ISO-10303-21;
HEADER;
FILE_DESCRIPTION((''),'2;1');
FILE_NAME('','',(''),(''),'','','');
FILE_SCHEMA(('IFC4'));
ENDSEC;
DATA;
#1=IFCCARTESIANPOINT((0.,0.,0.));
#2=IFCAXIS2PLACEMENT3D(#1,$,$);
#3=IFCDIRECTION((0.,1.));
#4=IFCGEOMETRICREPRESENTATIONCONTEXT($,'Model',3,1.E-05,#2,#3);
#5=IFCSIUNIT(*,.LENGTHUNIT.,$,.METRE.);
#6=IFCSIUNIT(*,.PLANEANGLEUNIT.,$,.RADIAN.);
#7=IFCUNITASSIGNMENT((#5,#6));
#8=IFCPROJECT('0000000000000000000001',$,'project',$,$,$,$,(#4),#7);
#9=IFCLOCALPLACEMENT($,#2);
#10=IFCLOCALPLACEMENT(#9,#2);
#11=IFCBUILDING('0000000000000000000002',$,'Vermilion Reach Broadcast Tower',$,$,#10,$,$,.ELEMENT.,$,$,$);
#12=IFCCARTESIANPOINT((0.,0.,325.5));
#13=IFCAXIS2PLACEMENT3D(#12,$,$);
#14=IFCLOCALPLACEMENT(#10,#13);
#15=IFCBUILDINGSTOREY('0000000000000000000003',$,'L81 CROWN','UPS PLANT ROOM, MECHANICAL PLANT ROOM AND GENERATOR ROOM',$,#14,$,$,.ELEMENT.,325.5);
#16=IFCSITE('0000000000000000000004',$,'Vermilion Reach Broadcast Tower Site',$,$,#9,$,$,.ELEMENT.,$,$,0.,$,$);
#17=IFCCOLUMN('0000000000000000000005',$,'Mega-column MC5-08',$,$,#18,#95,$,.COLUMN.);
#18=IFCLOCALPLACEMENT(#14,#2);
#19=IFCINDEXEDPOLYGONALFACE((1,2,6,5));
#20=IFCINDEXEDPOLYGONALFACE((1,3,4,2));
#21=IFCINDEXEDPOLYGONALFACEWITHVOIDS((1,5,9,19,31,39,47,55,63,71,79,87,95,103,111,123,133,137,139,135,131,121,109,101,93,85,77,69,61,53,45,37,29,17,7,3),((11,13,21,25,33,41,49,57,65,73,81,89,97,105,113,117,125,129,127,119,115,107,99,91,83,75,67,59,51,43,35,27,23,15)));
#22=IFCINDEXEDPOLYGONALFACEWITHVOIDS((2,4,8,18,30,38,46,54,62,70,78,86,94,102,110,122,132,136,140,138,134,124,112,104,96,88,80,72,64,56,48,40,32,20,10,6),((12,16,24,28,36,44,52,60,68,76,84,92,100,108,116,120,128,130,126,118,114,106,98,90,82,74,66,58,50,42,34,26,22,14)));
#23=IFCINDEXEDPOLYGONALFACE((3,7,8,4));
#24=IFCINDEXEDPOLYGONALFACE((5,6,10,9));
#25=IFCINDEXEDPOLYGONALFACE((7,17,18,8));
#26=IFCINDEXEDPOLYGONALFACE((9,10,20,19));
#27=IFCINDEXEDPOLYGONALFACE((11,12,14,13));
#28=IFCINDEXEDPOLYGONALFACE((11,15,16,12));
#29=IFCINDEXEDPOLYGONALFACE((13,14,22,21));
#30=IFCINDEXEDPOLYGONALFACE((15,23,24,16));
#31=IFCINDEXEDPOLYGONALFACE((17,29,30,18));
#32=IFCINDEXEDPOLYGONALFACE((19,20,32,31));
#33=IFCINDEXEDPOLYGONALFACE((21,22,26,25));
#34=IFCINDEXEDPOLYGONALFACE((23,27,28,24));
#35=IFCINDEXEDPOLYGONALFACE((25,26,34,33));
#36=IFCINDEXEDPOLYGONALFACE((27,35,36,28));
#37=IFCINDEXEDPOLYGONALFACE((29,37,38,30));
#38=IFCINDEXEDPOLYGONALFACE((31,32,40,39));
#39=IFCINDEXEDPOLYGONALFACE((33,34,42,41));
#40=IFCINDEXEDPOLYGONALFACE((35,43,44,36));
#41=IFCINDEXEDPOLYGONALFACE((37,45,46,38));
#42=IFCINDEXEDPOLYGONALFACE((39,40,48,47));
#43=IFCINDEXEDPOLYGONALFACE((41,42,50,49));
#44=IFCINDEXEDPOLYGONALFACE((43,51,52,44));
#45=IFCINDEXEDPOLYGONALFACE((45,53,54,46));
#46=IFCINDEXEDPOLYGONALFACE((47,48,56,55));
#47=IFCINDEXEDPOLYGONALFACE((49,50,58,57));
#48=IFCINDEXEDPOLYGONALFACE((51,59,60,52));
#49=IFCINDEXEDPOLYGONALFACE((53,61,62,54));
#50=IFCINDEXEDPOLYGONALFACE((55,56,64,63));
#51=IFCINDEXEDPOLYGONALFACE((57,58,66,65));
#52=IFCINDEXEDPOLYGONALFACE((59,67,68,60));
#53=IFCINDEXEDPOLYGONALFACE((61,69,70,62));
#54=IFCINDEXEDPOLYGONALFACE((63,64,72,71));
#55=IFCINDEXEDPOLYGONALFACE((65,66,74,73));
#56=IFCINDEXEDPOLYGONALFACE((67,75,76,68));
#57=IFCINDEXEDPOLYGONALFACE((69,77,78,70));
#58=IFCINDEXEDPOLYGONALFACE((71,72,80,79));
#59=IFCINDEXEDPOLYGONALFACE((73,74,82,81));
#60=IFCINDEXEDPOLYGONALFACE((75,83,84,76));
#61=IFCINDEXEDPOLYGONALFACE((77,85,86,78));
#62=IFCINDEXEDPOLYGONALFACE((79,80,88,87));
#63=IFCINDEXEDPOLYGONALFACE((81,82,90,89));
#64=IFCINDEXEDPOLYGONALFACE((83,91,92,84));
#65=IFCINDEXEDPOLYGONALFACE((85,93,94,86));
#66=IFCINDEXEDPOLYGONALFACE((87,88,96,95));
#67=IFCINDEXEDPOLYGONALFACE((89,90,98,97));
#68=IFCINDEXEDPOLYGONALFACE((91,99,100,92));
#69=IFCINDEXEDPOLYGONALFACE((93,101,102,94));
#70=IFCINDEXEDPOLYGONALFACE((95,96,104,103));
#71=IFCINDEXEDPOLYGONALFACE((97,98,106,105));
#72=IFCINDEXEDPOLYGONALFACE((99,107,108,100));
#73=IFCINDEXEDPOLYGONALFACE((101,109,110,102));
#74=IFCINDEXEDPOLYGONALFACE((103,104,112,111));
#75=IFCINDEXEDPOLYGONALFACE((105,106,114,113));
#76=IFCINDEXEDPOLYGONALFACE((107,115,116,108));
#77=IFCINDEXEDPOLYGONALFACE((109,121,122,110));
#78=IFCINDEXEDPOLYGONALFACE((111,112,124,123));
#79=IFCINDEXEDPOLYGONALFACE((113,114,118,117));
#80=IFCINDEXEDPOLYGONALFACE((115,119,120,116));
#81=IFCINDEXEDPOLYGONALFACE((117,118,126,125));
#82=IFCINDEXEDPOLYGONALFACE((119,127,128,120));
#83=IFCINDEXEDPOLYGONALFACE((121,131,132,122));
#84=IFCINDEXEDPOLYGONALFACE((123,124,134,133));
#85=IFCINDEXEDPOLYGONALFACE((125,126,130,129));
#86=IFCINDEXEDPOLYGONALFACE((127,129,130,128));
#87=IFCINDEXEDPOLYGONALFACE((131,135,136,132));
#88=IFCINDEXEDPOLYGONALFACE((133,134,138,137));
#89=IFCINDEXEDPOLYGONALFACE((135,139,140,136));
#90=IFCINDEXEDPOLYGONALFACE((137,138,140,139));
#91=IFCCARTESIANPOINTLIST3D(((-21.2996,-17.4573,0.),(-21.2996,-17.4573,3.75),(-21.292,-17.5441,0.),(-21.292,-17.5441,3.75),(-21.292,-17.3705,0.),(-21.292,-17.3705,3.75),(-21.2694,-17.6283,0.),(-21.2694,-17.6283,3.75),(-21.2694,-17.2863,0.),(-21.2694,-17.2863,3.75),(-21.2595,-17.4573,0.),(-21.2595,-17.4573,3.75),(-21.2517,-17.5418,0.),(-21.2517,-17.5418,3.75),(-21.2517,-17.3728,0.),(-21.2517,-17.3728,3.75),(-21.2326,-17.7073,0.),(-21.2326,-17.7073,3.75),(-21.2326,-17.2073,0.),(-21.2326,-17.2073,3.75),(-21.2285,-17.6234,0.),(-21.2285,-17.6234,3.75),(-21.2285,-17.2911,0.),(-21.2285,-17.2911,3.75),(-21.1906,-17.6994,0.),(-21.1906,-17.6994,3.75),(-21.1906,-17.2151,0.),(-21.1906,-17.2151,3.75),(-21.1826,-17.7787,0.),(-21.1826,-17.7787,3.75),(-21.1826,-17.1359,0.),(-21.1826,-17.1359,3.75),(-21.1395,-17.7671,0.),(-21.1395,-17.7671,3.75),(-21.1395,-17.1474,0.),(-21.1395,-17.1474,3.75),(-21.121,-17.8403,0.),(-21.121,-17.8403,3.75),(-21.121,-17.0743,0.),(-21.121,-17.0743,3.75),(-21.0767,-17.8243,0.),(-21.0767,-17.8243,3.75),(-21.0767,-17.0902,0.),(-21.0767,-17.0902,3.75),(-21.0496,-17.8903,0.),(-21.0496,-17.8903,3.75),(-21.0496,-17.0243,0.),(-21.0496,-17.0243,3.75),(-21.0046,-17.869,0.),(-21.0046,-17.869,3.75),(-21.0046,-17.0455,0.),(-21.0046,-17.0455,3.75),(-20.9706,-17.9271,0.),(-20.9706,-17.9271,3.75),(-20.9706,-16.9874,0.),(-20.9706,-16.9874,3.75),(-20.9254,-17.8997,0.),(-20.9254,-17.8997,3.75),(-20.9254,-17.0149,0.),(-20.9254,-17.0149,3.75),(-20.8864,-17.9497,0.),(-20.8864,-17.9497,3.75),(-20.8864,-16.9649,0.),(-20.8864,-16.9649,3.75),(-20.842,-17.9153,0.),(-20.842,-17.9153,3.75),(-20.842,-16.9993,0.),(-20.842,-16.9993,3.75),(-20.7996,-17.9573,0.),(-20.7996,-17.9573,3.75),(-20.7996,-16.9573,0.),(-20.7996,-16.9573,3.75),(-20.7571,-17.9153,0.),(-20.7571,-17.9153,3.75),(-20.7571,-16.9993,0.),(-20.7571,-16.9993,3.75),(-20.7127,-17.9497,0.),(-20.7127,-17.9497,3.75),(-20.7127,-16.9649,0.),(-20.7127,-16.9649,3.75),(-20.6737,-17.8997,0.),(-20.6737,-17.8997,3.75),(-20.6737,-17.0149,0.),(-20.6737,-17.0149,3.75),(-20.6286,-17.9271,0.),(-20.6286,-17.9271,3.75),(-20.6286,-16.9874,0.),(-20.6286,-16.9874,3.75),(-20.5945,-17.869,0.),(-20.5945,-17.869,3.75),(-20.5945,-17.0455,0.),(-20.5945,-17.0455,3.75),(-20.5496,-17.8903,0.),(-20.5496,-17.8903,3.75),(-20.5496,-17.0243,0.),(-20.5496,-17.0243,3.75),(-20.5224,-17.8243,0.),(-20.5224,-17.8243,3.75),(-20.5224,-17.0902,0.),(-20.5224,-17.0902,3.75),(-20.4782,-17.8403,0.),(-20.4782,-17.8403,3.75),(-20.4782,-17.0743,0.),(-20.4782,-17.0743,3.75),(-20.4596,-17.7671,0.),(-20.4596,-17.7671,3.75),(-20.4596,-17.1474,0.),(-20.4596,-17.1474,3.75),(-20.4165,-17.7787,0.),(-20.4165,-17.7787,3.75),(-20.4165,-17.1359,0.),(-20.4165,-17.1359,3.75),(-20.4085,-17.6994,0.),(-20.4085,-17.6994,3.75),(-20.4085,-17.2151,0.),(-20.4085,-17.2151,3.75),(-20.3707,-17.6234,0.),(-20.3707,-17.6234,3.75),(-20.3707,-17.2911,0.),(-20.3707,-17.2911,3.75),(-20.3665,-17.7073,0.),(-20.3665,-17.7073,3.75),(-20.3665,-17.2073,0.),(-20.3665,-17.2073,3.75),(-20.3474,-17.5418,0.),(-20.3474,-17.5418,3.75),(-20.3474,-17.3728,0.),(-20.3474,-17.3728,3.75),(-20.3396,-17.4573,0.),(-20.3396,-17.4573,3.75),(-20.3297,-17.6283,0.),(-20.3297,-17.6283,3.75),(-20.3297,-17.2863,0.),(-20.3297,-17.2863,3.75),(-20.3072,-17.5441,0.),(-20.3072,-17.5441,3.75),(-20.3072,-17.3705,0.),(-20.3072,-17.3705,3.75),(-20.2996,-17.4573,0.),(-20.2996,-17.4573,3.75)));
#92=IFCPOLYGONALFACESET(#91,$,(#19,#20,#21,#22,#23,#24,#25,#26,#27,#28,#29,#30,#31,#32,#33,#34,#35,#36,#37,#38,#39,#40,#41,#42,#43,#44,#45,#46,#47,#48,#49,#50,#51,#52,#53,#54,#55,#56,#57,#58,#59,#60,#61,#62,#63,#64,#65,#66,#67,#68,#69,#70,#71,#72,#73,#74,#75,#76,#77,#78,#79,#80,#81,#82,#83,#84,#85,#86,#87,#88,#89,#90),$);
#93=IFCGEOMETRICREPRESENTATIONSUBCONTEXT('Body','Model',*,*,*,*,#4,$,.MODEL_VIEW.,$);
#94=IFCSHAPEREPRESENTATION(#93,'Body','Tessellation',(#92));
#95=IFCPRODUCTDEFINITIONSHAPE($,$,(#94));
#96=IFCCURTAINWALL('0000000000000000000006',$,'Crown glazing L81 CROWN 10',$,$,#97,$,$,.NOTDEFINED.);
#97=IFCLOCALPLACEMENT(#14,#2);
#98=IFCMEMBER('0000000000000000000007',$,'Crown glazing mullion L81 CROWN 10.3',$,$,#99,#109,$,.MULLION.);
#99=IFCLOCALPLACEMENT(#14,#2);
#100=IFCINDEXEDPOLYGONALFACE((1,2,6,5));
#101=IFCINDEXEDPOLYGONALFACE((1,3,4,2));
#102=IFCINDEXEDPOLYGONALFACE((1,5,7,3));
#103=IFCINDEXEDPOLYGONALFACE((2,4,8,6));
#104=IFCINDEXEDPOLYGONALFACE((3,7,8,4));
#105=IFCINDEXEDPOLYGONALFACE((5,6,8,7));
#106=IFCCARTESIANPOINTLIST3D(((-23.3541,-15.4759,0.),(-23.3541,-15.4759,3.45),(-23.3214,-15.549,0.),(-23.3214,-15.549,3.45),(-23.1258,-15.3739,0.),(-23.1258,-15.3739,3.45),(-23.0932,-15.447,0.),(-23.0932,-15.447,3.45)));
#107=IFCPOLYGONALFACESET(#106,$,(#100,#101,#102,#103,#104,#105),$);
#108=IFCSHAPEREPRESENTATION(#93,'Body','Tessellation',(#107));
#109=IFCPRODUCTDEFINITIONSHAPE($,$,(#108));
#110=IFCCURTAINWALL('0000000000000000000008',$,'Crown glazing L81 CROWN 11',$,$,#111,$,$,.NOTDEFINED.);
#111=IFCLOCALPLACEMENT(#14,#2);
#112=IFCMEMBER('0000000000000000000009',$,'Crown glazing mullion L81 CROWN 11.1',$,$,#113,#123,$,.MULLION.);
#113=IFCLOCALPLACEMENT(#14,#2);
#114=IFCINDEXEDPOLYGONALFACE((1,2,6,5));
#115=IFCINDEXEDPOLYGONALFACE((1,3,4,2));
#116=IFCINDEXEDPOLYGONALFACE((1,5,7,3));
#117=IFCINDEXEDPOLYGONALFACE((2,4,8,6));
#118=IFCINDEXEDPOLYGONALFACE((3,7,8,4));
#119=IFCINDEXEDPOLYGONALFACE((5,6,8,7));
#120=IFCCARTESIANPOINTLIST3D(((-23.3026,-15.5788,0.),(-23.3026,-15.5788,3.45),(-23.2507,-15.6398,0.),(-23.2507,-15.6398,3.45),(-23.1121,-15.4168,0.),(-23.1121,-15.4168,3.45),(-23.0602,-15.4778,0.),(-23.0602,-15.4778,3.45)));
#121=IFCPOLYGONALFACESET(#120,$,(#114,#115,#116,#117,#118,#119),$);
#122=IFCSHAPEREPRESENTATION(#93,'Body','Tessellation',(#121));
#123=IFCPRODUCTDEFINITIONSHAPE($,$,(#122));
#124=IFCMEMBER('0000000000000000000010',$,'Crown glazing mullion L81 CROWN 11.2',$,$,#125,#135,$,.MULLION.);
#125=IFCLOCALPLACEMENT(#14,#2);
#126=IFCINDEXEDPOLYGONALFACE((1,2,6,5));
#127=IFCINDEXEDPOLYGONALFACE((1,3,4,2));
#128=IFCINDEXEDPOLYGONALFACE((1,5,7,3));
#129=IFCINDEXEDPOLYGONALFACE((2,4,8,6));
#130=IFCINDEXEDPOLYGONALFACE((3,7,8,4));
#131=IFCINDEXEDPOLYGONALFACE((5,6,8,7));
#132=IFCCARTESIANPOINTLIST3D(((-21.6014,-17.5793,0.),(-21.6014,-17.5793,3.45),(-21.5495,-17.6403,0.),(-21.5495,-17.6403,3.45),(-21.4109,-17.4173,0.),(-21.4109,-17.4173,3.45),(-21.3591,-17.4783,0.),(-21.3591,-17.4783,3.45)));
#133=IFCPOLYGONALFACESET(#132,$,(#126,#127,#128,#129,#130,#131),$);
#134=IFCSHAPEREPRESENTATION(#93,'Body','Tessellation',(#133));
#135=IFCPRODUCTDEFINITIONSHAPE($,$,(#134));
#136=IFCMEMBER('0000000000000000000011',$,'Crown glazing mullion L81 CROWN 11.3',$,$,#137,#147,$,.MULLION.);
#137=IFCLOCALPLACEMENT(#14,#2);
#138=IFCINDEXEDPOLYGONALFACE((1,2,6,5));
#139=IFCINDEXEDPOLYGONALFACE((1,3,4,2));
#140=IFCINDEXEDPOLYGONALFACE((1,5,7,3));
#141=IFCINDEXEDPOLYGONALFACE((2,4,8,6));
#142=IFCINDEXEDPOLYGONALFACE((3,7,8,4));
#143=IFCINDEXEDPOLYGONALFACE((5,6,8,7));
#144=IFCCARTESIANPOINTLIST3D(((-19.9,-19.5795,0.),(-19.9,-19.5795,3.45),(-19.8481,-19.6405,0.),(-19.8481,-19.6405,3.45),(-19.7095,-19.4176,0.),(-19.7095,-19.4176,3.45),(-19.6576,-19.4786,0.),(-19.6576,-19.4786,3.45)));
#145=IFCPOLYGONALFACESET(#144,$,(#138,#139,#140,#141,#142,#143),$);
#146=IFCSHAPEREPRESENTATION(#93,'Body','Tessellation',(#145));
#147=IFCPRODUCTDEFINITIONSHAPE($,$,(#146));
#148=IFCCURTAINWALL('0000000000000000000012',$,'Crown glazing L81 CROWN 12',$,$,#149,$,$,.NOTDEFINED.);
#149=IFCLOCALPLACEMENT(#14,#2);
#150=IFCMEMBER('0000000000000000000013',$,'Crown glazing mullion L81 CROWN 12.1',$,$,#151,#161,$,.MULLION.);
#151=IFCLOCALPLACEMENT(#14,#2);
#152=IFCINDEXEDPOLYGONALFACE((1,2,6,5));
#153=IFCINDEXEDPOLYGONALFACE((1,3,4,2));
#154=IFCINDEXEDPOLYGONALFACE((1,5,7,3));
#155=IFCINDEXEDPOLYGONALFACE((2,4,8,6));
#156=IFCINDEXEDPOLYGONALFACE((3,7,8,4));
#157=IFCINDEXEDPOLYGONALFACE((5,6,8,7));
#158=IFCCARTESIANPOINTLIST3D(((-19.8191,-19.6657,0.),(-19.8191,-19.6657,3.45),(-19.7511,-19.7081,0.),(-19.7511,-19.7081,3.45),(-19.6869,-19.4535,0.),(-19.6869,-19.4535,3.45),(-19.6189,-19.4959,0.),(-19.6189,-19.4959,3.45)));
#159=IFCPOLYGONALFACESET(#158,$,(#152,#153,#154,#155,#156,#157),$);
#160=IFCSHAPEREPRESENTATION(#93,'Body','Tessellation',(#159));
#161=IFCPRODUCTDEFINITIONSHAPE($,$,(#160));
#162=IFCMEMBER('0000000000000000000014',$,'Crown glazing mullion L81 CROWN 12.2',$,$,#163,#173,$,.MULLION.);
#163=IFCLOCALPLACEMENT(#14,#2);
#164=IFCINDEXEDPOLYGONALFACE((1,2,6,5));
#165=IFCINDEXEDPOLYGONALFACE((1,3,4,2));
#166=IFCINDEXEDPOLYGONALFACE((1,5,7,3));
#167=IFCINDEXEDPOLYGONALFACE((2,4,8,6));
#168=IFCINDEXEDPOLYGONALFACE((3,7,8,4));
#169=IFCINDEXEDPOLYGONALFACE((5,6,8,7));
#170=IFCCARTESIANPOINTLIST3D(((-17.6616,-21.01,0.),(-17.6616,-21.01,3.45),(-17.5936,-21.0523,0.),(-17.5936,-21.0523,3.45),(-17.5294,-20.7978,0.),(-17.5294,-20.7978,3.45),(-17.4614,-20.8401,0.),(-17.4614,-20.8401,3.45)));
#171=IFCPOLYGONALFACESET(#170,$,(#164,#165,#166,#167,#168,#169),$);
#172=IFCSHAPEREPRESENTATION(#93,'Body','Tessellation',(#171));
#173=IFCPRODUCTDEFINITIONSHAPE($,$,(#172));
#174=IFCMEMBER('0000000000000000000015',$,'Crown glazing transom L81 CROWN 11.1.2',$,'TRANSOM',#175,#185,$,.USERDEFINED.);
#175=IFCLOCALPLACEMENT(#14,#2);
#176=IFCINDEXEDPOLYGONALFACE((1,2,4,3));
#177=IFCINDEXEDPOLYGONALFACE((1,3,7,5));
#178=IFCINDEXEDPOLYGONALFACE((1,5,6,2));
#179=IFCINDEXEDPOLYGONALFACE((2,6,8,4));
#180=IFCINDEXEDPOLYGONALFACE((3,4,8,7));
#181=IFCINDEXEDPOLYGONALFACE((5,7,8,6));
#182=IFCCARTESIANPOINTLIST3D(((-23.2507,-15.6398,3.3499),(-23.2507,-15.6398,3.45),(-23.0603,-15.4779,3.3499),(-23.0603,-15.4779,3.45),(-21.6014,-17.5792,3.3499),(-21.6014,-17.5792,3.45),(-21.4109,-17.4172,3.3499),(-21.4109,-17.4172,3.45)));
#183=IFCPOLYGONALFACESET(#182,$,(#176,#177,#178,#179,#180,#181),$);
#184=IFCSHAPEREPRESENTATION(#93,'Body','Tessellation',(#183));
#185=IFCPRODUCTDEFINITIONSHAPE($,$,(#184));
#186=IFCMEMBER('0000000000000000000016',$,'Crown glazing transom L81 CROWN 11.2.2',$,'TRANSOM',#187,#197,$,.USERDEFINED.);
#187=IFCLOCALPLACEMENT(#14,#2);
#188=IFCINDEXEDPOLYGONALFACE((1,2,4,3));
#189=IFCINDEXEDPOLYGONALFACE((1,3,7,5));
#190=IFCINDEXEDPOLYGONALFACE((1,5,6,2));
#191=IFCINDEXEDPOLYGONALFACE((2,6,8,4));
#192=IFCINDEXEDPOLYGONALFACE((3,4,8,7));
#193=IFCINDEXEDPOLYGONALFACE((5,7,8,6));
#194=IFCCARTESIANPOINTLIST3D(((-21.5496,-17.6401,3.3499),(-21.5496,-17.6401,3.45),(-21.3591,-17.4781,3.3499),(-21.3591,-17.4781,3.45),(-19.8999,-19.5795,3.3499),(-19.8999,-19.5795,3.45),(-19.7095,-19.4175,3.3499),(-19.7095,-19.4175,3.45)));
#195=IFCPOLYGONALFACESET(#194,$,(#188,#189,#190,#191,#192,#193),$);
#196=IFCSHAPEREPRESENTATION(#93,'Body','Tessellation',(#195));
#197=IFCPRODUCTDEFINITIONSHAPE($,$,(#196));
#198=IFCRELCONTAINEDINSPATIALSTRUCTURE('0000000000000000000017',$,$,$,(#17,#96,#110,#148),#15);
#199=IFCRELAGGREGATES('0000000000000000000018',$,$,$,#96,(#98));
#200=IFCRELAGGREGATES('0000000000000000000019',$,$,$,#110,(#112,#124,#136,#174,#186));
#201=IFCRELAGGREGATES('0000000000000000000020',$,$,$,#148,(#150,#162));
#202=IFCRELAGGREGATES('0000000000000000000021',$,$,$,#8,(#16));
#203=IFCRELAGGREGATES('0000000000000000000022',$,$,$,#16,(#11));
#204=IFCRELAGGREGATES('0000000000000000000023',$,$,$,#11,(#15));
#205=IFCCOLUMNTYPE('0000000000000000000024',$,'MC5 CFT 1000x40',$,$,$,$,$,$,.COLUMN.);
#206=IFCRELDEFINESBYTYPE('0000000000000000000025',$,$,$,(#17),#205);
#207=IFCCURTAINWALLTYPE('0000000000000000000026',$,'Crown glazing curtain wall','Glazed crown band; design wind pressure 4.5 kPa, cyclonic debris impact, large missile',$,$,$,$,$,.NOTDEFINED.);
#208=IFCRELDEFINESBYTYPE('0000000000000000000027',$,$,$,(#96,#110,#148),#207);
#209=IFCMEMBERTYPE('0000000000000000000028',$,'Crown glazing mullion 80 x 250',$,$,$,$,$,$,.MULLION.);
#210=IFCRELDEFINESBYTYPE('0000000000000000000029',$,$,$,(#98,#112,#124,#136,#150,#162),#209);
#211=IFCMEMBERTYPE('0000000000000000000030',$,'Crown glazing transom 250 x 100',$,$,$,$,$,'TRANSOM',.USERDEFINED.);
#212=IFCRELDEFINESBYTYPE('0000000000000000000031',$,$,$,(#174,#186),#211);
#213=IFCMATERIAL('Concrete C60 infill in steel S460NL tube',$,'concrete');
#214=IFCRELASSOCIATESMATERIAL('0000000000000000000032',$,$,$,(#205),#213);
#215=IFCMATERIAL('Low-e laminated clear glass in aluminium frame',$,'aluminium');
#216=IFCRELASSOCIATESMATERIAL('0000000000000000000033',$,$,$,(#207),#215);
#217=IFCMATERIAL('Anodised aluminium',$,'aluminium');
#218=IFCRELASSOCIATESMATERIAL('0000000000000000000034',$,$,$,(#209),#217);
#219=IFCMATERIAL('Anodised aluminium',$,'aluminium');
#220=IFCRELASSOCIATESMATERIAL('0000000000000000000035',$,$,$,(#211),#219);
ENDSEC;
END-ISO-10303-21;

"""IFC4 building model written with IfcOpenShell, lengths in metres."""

from ifc_helpers import new_model, si_unit, direction, frame, origin, origin_2d, place, context, subcontext, project, spatial, rectangle, hollow_circle, extrude, material, material_profile, profile_set, type_object, element, aggregate, save


model = new_model("IFC4")

# Units and contexts
model_context = context("Model", 3, precision=1e-05, world=origin(), true_north=direction((0.0, 1.0)))
body_context = subcontext(model_context, "Body", "Model", "MODEL_VIEW")
ifc_project = project(units=[si_unit("LENGTHUNIT", "METRE"), si_unit("PLANEANGLEUNIT", "RADIAN")], contexts=[model_context])

# Site, building, storey
site_placement = place(None, origin())
site = spatial("IfcSite", under=ifc_project, at=site_placement, Name="Vermilion Reach Broadcast Tower Site", CompositionType="ELEMENT", RefElevation=0.0)
building_placement = place(site_placement, origin())
building = spatial("IfcBuilding", under=site, at=building_placement, Name="Vermilion Reach Broadcast Tower", CompositionType="ELEMENT")
storey_placement = place(building_placement, frame((0.0, 0.0, 325.5)))
storey = spatial("IfcBuildingStorey", under=building, at=storey_placement, Name="L81 CROWN", Description="UPS PLANT ROOM, MECHANICAL PLANT ROOM AND GENERATOR ROOM", CompositionType="ELEMENT", Elevation=325.5)

# Column
ifc_material_1 = material(Name="Concrete C60 infill in steel S460NL tube", Category="concrete")
ifc_material_profile_1 = material_profile(ifc_material_1, hollow_circle(Radius=0.5, WallThickness=0.04, at=origin_2d()), Name="Concrete C60 infill in steel S460NL tube CFT 1000x40")
ifc_profile_set_1 = profile_set([ifc_material_profile_1], Name="Concrete C60 infill in steel S460NL tube")
column_type = type_object("IfcColumnType", Name="MC5 CFT 1000x40", PredefinedType="COLUMN", material=ifc_profile_set_1)
column_placement = place(storey_placement, frame((-20.7996, -17.4573, 0.0), z_axis=(0.0, 0.0, 1.0), x_axis=(1.0, 0.0, 0.0)))
element("IfcColumn", 1, at=column_placement, inside=storey, type_object=column_type, Name="Mega-column MC5-08", PredefinedType="COLUMN", context=body_context, shape_type="SweptSolid", body=[
    extrude(hollow_circle(Radius=0.5, WallThickness=0.04, at=origin_2d()), origin(), (0.0, 0.0, 1.0), 3.75),
])

# Curtain wall, member
ifc_material_2 = material(Name="Low-e laminated clear glass in aluminium frame", Category="aluminium")
curtain_wall_type = type_object("IfcCurtainWallType", Name="Crown glazing curtain wall", Description="Glazed crown band; design wind pressure 4.5 kPa, cyclonic debris impact, large missile", PredefinedType="NOTDEFINED", material=ifc_material_2)
placement = place(storey_placement, origin())
curtain_wall_1 = element("IfcCurtainWall", 2, at=placement, inside=storey, type_object=curtain_wall_type, Name="Crown glazing L81 CROWN 10", PredefinedType="NOTDEFINED")
ifc_material_3 = material(Name="Anodised aluminium", Category="aluminium")
ifc_material_profile_2 = material_profile(ifc_material_3, rectangle(XDim=0.25, YDim=0.0801, at=origin_2d()), Name="Crown glazing mullion 80 x 250")
ifc_profile_set_2 = profile_set([ifc_material_profile_2], Name="Anodised aluminium")
member_type_1 = type_object("IfcMemberType", Name="Crown glazing mullion 80 x 250", PredefinedType="MULLION", material=ifc_profile_set_2)
member_1_placement = place(storey_placement, frame((-23.2236, -15.4614, 0.0), z_axis=(0.0, 0.0, 1.0), x_axis=(0.912989, 0.407985, 0.0)))
member_1 = element("IfcMember", 3, at=member_1_placement, type_object=member_type_1, Name="Crown glazing mullion L81 CROWN 10.3", PredefinedType="MULLION", context=body_context, shape_type="SweptSolid", body=[
    extrude(rectangle(XDim=0.25, YDim=0.0801, at=origin_2d()), origin(), (0.0, 0.0, 1.0), 3.45),
])

# Curtain walls, members
curtain_wall_2 = element("IfcCurtainWall", 4, at=placement, inside=storey, type_object=curtain_wall_type, Name="Crown glazing L81 CROWN 11", PredefinedType="NOTDEFINED")
member_2_placement = place(storey_placement, frame((-23.1814, -15.5283, 0.0), z_axis=(0.0, 0.0, 1.0), x_axis=(0.76175, 0.647871, 0.0)))
member_2 = element("IfcMember", 5, at=member_2_placement, type_object=member_type_1, Name="Crown glazing mullion L81 CROWN 11.1", PredefinedType="MULLION", context=body_context, shape_type="SweptSolid", body=[
    extrude(rectangle(XDim=0.25, YDim=0.0801, at=origin_2d()), origin(), (0.0, 0.0, 1.0), 3.45),
])
member_3_placement = place(storey_placement, frame((-21.4802, -17.5288, 0.0), z_axis=(0.0, 0.0, 1.0), x_axis=(0.76175, 0.647871, 0.0)))
member_3 = element("IfcMember", 6, at=member_3_placement, type_object=member_type_1, Name="Crown glazing mullion L81 CROWN 11.2", PredefinedType="MULLION", context=body_context, shape_type="SweptSolid", body=[
    extrude(rectangle(XDim=0.25, YDim=0.0801, at=origin_2d()), origin(), (0.0, 0.0, 1.0), 3.45),
])
member_4_placement = place(storey_placement, frame((-19.7788, -19.5291, 0.0), z_axis=(0.0, 0.0, 1.0), x_axis=(0.76175, 0.647871, 0.0)))
member_4 = element("IfcMember", 7, at=member_4_placement, type_object=member_type_1, Name="Crown glazing mullion L81 CROWN 11.3", PredefinedType="MULLION", context=body_context, shape_type="SweptSolid", body=[
    extrude(rectangle(XDim=0.25, YDim=0.0801, at=origin_2d()), origin(), (0.0, 0.0, 1.0), 3.45),
])
curtain_wall_3 = element("IfcCurtainWall", 8, at=placement, inside=storey, type_object=curtain_wall_type, Name="Crown glazing L81 CROWN 12", PredefinedType="NOTDEFINED")
member_5_placement = place(storey_placement, frame((-19.719, -19.5808, 0.0), z_axis=(0.0, 0.0, 1.0), x_axis=(0.528861, 0.848708, 0.0)))
member_5 = element("IfcMember", 9, at=member_5_placement, type_object=member_type_1, Name="Crown glazing mullion L81 CROWN 12.1", PredefinedType="MULLION", context=body_context, shape_type="SweptSolid", body=[
    extrude(rectangle(XDim=0.25, YDim=0.0801, at=origin_2d()), origin(), (0.0, 0.0, 1.0), 3.45),
])
member_6_placement = place(storey_placement, frame((-17.5615, -20.925, 0.0), z_axis=(0.0, 0.0, 1.0), x_axis=(0.528861, 0.848708, 0.0)))
member_6 = element("IfcMember", 10, at=member_6_placement, type_object=member_type_1, Name="Crown glazing mullion L81 CROWN 12.2", PredefinedType="MULLION", context=body_context, shape_type="SweptSolid", body=[
    extrude(rectangle(XDim=0.25, YDim=0.0801, at=origin_2d()), origin(), (0.0, 0.0, 1.0), 3.45),
])

# Members
ifc_material_4 = material(Name="Anodised aluminium", Category="aluminium")
ifc_material_profile_3 = material_profile(ifc_material_4, rectangle(XDim=0.25, YDim=0.1001, at=origin_2d()), Name="Crown glazing transom 250 x 100")
ifc_profile_set_3 = profile_set([ifc_material_profile_3], Name="Anodised aluminium")
member_type_2 = type_object("IfcMemberType", Name="Crown glazing transom 250 x 100", ElementType="TRANSOM", PredefinedType="USERDEFINED", material=ifc_profile_set_3)
member_7_placement = place(storey_placement, frame((-23.1555, -15.5588, 3.3999), z_axis=(0.647849, -0.761769, 0.0), x_axis=(0.761769, 0.647849, 0.0)))
member_7 = element("IfcMember", 11, at=member_7_placement, type_object=member_type_2, Name="Crown glazing transom L81 CROWN 11.1.2", ObjectType="TRANSOM", PredefinedType="USERDEFINED", context=body_context, shape_type="SweptSolid", body=[
    extrude(rectangle(XDim=0.25, YDim=0.1001, at=origin_2d()), origin(), (0.0, 0.0, 1.0), 2.5459),
])
member_8_placement = place(storey_placement, frame((-21.4543, -17.5591, 3.3999), z_axis=(0.647904, -0.761722, 0.0), x_axis=(0.761722, 0.647904, 0.0)))
member_8 = element("IfcMember", 12, at=member_8_placement, type_object=member_type_2, Name="Crown glazing transom L81 CROWN 11.2.2", ObjectType="TRANSOM", PredefinedType="USERDEFINED", context=body_context, shape_type="SweptSolid", body=[
    extrude(rectangle(XDim=0.25, YDim=0.1001, at=origin_2d()), origin(), (0.0, 0.0, 1.0), 2.5461),
])

aggregate(curtain_wall_1, [member_1])
aggregate(curtain_wall_2, [member_2, member_3, member_4, member_7, member_8])
aggregate(curtain_wall_3, [member_5, member_6])

save(model, "model.ifc")
